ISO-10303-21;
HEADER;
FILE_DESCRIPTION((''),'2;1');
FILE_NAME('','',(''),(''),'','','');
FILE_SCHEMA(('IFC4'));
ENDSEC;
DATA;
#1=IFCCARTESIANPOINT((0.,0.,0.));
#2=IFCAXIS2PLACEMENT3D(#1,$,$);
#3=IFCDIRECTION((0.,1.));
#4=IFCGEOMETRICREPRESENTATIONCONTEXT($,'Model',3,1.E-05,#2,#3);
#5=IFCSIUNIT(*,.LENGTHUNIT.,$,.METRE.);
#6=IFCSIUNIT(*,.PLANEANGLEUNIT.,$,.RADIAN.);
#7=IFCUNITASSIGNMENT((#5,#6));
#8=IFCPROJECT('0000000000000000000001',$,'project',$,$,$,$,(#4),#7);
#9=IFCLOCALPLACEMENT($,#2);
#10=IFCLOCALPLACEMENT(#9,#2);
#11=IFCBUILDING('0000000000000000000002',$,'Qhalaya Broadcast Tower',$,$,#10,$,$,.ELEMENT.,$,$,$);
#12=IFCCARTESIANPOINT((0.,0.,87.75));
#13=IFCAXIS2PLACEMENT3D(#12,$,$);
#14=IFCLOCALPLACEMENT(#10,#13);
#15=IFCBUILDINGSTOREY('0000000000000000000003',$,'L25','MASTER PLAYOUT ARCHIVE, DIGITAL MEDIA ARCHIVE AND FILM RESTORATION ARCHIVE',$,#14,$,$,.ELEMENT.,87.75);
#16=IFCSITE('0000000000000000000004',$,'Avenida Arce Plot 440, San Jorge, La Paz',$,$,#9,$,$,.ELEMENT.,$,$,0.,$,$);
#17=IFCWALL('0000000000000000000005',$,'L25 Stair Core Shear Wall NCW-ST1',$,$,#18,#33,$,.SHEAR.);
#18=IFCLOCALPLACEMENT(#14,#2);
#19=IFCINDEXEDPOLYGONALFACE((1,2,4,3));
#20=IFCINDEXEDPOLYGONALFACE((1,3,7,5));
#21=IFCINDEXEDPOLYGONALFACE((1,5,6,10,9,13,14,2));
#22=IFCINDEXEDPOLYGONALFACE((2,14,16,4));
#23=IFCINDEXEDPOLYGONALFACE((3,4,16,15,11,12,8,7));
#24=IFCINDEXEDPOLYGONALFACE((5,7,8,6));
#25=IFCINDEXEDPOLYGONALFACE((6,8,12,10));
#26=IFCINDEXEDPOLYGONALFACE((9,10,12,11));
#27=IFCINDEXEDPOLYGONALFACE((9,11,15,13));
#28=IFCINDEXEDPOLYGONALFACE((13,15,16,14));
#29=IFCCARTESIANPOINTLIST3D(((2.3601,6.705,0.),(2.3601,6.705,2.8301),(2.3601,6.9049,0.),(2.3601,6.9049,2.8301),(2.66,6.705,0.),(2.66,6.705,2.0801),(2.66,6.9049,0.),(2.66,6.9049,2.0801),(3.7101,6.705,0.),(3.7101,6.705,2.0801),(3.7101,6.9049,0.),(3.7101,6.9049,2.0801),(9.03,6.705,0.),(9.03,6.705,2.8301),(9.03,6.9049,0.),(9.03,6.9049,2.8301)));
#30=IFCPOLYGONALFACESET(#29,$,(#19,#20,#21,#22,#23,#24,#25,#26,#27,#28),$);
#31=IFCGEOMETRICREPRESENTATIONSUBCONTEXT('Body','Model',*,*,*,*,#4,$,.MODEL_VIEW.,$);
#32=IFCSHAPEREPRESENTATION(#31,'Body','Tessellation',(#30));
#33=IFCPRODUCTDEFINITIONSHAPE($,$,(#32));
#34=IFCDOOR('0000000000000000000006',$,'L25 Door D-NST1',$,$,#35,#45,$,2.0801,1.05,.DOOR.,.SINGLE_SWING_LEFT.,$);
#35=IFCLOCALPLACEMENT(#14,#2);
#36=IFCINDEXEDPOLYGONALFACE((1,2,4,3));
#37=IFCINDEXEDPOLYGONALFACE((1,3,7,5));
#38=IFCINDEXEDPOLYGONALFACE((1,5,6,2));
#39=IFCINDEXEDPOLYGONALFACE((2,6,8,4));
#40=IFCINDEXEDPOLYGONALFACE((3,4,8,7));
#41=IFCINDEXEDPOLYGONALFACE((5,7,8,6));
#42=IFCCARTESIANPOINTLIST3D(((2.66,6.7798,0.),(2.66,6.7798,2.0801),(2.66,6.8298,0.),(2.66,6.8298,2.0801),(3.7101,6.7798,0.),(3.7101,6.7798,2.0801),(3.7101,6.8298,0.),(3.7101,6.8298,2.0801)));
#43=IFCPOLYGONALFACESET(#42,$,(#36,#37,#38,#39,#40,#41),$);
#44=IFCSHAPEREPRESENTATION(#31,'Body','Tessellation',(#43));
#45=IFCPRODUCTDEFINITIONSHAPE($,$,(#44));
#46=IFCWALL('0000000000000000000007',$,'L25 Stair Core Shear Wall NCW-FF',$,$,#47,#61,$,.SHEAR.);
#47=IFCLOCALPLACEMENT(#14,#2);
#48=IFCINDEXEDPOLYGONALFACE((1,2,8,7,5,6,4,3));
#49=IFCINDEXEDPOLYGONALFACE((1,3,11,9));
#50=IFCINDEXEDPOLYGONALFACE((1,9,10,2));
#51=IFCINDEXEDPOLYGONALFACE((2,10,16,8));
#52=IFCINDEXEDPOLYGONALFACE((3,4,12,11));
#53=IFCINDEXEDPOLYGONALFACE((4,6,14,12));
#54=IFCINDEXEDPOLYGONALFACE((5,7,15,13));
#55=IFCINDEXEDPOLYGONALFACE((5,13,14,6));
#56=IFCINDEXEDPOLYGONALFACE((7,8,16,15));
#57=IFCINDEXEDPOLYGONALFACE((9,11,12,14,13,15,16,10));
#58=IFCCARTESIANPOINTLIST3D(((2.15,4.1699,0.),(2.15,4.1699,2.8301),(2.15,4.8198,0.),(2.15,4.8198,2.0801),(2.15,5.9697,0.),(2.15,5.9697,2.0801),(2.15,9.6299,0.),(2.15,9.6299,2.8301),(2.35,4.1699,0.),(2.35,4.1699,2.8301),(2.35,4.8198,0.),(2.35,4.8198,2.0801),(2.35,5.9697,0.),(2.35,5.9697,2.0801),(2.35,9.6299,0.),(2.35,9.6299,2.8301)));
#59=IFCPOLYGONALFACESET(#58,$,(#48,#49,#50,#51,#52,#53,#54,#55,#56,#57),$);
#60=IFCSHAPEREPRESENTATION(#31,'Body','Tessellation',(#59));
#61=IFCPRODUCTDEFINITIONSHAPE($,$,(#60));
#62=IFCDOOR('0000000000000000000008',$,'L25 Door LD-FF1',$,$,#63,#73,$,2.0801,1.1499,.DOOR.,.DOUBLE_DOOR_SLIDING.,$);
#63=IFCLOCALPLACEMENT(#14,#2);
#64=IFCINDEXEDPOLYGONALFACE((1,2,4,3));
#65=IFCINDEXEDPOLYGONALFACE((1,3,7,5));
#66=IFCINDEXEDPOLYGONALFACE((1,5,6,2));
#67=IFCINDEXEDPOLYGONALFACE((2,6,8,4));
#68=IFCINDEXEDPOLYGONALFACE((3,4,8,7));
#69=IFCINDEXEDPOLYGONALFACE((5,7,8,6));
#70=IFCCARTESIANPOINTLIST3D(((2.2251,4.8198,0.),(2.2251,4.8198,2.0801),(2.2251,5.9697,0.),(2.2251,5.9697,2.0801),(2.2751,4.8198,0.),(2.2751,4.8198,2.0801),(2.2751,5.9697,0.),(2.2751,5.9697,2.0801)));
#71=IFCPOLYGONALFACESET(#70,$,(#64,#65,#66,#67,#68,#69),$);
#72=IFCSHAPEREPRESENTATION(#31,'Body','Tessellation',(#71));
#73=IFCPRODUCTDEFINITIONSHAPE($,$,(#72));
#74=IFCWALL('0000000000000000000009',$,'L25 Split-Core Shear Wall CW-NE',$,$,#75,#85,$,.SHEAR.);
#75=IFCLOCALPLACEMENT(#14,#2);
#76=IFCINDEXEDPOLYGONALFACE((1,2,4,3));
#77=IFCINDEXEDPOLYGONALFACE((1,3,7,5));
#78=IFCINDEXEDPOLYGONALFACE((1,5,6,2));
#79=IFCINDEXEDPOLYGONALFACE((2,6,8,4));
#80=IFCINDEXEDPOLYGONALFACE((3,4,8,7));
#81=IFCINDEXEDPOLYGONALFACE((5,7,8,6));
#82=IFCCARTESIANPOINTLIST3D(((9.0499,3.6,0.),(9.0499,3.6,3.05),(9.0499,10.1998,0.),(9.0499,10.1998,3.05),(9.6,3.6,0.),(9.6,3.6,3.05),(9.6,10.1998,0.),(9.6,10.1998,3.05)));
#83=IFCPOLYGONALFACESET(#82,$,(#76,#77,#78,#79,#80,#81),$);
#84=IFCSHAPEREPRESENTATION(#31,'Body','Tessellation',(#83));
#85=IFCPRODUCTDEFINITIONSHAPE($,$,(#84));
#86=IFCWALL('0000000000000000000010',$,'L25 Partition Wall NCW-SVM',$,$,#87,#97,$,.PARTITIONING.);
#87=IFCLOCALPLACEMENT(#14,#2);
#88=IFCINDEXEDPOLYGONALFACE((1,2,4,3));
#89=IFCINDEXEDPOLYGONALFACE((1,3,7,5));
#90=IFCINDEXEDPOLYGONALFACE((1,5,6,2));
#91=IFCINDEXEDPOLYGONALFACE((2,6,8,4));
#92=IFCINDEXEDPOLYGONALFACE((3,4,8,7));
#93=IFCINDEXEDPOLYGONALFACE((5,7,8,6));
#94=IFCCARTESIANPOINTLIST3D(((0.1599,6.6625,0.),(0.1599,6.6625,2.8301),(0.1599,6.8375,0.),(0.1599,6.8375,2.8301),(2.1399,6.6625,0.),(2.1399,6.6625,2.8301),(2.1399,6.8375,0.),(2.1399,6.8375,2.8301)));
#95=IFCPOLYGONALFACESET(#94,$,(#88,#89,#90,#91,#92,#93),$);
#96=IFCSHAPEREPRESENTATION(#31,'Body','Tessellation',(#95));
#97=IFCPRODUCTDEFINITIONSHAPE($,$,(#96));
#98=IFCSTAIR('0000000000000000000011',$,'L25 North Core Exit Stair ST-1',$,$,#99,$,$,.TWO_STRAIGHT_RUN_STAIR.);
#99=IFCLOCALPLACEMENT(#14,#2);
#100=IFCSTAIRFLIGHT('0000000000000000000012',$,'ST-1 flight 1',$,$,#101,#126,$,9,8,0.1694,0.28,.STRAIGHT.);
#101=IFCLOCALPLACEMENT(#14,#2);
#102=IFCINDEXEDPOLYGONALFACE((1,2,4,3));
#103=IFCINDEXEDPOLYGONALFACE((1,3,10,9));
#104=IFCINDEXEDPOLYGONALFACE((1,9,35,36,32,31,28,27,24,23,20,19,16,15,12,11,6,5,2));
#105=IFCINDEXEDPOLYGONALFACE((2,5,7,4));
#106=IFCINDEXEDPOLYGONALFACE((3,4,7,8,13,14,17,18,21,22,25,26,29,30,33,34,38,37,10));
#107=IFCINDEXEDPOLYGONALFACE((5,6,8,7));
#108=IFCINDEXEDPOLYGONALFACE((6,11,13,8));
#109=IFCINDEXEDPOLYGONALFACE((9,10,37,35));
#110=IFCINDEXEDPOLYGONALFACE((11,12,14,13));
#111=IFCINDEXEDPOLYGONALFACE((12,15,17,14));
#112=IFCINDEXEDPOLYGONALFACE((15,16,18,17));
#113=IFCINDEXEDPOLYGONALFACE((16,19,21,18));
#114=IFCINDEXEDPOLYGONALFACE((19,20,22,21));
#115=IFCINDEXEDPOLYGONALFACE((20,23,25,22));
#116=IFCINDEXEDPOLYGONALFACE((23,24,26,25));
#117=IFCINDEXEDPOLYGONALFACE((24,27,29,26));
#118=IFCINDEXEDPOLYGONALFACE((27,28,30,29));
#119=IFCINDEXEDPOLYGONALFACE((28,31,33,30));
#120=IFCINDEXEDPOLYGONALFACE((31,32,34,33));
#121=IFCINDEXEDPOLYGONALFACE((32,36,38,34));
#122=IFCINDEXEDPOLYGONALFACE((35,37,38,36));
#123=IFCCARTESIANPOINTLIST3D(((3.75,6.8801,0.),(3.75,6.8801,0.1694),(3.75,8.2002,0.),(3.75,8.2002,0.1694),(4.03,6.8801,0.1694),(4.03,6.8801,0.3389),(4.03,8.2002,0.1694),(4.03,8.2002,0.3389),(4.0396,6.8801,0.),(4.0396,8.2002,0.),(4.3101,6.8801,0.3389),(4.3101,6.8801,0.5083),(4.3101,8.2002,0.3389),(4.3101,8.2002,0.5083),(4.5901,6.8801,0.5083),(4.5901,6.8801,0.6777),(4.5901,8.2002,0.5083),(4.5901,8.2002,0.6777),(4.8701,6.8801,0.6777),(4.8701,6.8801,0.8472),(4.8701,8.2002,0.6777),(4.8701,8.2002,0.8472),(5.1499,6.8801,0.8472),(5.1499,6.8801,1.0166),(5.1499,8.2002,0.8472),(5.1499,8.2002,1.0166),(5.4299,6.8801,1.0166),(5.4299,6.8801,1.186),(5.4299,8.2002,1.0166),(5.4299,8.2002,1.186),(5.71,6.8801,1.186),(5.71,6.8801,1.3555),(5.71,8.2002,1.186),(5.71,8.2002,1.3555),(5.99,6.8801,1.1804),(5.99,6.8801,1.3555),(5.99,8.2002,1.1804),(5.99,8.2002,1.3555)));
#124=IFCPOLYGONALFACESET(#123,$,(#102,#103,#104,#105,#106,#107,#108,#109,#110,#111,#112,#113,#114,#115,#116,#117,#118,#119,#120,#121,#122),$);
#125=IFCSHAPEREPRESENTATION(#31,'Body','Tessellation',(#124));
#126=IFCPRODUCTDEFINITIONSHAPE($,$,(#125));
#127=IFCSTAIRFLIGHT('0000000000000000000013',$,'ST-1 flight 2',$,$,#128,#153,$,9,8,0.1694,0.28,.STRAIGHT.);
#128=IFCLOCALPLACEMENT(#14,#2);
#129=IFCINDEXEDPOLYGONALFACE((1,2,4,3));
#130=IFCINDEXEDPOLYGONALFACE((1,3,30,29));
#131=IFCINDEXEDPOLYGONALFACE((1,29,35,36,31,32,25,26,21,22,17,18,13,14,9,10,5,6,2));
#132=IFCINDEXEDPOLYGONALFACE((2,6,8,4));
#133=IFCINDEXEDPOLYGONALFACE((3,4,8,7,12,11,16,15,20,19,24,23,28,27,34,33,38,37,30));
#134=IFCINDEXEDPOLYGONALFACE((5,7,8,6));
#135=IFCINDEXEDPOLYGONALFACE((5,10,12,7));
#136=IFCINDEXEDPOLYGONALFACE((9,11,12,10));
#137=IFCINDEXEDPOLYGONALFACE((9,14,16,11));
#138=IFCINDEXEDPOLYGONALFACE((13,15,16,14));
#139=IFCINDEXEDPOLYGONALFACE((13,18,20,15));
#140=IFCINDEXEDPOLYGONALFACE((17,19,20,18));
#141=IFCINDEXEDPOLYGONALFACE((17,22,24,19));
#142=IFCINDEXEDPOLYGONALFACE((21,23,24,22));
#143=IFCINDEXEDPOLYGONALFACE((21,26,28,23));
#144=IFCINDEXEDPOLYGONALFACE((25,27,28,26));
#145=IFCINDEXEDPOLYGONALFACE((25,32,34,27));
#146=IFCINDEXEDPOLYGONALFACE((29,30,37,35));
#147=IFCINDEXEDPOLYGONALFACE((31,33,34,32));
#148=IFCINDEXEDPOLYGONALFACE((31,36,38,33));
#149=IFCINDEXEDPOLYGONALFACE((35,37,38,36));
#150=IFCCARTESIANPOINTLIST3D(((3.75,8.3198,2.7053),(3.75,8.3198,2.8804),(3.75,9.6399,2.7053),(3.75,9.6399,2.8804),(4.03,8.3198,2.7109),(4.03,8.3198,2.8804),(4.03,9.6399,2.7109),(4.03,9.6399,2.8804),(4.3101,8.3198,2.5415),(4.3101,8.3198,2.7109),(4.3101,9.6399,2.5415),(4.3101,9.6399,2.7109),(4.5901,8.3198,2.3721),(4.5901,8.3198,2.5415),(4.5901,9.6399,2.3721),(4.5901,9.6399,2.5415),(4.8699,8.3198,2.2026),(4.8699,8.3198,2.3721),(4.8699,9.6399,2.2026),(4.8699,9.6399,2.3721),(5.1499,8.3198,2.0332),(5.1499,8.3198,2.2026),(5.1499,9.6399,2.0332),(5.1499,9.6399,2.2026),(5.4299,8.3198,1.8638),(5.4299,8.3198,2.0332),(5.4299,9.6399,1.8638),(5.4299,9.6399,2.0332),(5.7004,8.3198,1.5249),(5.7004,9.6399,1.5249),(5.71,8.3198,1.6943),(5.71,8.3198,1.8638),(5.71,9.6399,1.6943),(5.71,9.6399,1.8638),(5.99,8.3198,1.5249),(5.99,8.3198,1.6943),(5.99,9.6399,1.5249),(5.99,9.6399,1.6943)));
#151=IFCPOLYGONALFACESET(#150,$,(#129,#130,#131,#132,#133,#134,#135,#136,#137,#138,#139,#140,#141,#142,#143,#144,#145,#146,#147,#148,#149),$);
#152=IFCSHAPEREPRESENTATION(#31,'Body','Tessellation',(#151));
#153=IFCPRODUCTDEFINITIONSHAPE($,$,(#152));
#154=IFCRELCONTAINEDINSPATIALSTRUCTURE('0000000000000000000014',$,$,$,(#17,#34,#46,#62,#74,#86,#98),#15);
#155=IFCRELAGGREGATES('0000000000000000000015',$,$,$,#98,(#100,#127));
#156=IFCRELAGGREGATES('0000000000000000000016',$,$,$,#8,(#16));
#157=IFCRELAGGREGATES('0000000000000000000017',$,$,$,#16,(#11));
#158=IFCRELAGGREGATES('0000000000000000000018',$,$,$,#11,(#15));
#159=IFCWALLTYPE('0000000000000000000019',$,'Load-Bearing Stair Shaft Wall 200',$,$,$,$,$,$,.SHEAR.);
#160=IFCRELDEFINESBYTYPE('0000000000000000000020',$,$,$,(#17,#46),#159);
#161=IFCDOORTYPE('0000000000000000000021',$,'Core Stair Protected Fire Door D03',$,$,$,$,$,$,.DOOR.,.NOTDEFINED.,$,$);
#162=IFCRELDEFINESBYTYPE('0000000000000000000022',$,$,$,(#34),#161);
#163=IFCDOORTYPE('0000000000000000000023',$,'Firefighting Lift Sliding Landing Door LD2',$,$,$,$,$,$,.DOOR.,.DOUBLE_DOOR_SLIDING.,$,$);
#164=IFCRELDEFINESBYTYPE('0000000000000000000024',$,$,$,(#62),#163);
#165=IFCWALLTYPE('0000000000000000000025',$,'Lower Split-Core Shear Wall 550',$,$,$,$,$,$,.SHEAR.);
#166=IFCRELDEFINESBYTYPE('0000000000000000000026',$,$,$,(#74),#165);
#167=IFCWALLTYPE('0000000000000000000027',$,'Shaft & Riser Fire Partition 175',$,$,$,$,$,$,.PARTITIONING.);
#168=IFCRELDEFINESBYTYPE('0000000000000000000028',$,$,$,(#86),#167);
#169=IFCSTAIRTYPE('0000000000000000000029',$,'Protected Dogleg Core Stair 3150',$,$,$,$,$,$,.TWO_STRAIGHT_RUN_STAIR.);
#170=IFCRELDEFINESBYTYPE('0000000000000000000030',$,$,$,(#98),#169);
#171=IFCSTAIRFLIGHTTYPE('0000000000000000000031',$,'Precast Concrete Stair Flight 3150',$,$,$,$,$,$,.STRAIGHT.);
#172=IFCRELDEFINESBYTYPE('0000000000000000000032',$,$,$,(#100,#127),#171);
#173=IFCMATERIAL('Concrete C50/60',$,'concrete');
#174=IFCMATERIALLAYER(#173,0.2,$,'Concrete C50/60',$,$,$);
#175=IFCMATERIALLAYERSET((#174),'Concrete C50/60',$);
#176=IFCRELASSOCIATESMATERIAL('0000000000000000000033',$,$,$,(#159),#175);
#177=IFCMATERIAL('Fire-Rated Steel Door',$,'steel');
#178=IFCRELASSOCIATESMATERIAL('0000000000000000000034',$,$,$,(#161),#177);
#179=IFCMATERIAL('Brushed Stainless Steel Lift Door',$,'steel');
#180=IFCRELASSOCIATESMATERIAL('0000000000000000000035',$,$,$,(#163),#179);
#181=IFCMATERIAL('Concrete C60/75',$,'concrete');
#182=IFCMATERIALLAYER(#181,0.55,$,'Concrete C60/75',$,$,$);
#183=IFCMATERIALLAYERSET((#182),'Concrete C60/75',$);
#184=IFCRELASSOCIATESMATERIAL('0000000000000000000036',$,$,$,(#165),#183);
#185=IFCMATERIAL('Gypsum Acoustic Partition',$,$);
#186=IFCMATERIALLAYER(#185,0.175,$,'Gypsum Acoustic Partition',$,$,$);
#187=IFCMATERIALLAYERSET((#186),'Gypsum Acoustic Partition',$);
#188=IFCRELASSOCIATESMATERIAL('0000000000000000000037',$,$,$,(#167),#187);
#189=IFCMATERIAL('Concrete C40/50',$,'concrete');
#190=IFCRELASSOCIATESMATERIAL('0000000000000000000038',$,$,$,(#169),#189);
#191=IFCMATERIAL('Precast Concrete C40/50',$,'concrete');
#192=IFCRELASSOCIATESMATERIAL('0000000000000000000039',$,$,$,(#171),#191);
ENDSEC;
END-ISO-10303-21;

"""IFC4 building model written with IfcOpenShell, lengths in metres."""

from ifc_helpers import new_model, si_unit, direction, frame, frame_2d, origin, place, context, subcontext, project, spatial, polyline, rectangle, outline, extrude, material, layer, layer_set, type_object, element, fill, aggregate, save


model = new_model("IFC4")

# Units and contexts
model_context = context("Model", 3, precision=1e-05, world=origin(), true_north=direction((0.0, 1.0)))
body_context = subcontext(model_context, "Body", "Model", "MODEL_VIEW")
ifc_project = project(units=[si_unit("LENGTHUNIT", "METRE"), si_unit("PLANEANGLEUNIT", "RADIAN")], contexts=[model_context])

# Site, building, storey
site_placement = place(None, origin())
site = spatial("IfcSite", under=ifc_project, at=site_placement, Name="Avenida Arce Plot 440, San Jorge, La Paz", CompositionType="ELEMENT", RefElevation=0.0)
building_placement = place(site_placement, origin())
building = spatial("IfcBuilding", under=site, at=building_placement, Name="Qhalaya Broadcast Tower", CompositionType="ELEMENT")
storey_placement = place(building_placement, frame((0.0, 0.0, 87.75)))
storey = spatial("IfcBuildingStorey", under=building, at=storey_placement, Name="L25", Description="MASTER PLAYOUT ARCHIVE, DIGITAL MEDIA ARCHIVE AND FILM RESTORATION ARCHIVE", CompositionType="ELEMENT", Elevation=87.75)

# Shared definitions
ifc_material_1 = material(Name="Concrete C50/60", Category="concrete")

# Walls, openings, doors
ifc_layer_1 = layer(ifc_material_1, 0.2, Name="Concrete C50/60")
ifc_layer_set_1 = layer_set([ifc_layer_1], Name="Concrete C50/60")
wall_type_1 = type_object("IfcWallType", Name="Load-Bearing Stair Shaft Wall 200", PredefinedType="SHEAR", material=ifc_layer_set_1)
wall_1_placement = place(storey_placement, frame((2.3601, 6.8049, 0.0), z_axis=(0.0, 0.0, 1.0), x_axis=(1.0, 0.0, 0.0)))
wall_1 = element("IfcWall", 1, at=wall_1_placement, inside=storey, type_object=wall_type_1, Name="L25 Stair Core Shear Wall NCW-ST1", PredefinedType="SHEAR", context=body_context, shape_type="SweptSolid", body=[
    extrude(rectangle(XDim=6.6699, YDim=0.2, at=frame_2d((3.335, 0.0))), origin(), (0.0, 0.0, 1.0), 2.8301),
])
opening_1_placement = place(wall_1_placement, frame((0.3, 0.0, 0.0)))
opening_1 = element("IfcOpeningElement", 2, at=opening_1_placement, cuts=wall_1, PredefinedType="OPENING", context=body_context, shape_type="SweptSolid", body=[
    extrude(rectangle(XDim=1.05, YDim=2.0801, at=frame_2d((0.5249, 1.04))), frame((0.0, 0.1121, 0.0), z_axis=(0.0, -1.0, 0.0), x_axis=(1.0, 0.0, 0.0)), (0.0, 0.0, 1.0), 0.2239),
])
ifc_material_2 = material(Name="Fire-Rated Steel Door", Category="steel")
door_type_1 = type_object("IfcDoorType", Name="Core Stair Protected Fire Door D03", OperationType="NOTDEFINED", PredefinedType="DOOR", material=ifc_material_2)
door_1_placement = place(opening_1_placement, origin())
door_1 = element("IfcDoor", 3, at=door_1_placement, inside=storey, type_object=door_type_1, Name="L25 Door D-NST1", OperationType="SINGLE_SWING_LEFT", OverallHeight=2.0801, OverallWidth=1.05, PredefinedType="DOOR", context=body_context, shape_type="SweptSolid", body=[
    extrude(rectangle(XDim=1.05, YDim=2.0801, at=frame_2d((0.5249, 1.04))), frame((0.0, 0.0249, 0.0), z_axis=(0.0, -1.0, 0.0), x_axis=(1.0, 0.0, 0.0)), (0.0, 0.0, 1.0), 0.05),
])
fill(opening_1, door_1)
wall_2_placement = place(storey_placement, frame((2.25, 4.1699, 0.0), z_axis=(0.0, 0.0, 1.0), x_axis=(0.0, 1.0, 0.0)))
wall_2 = element("IfcWall", 4, at=wall_2_placement, inside=storey, type_object=wall_type_1, Name="L25 Stair Core Shear Wall NCW-FF", PredefinedType="SHEAR", context=body_context, shape_type="SweptSolid", body=[
    extrude(rectangle(XDim=5.46, YDim=0.2, at=frame_2d((2.73, 0.0))), origin(), (0.0, 0.0, 1.0), 2.8301),
])
opening_2_placement = place(wall_2_placement, frame((0.6499, 0.0, 0.0)))
opening_2 = element("IfcOpeningElement", 5, at=opening_2_placement, cuts=wall_2, PredefinedType="OPENING", context=body_context, shape_type="SweptSolid", body=[
    extrude(rectangle(XDim=1.1499, YDim=2.0801, at=frame_2d((0.575, 1.04))), frame((0.0, 0.1121, 0.0), z_axis=(0.0, -1.0, 0.0), x_axis=(1.0, 0.0, 0.0)), (0.0, 0.0, 1.0), 0.2239),
])
ifc_material_3 = material(Name="Brushed Stainless Steel Lift Door", Category="steel")
door_type_2 = type_object("IfcDoorType", Name="Firefighting Lift Sliding Landing Door LD2", OperationType="DOUBLE_DOOR_SLIDING", PredefinedType="DOOR", material=ifc_material_3)
door_2_placement = place(opening_2_placement, origin())
door_2 = element("IfcDoor", 6, at=door_2_placement, inside=storey, type_object=door_type_2, Name="L25 Door LD-FF1", OperationType="DOUBLE_DOOR_SLIDING", OverallHeight=2.0801, OverallWidth=1.1499, PredefinedType="DOOR", context=body_context, shape_type="SweptSolid", body=[
    extrude(rectangle(XDim=1.1499, YDim=2.0801, at=frame_2d((0.575, 1.04))), frame((0.0, 0.0249, 0.0), z_axis=(0.0, -1.0, 0.0), x_axis=(1.0, 0.0, 0.0)), (0.0, 0.0, 1.0), 0.05),
])
fill(opening_2, door_2)

# Wall
ifc_material_4 = material(Name="Concrete C60/75", Category="concrete")
ifc_layer_2 = layer(ifc_material_4, 0.55, Name="Concrete C60/75")
ifc_layer_set_2 = layer_set([ifc_layer_2], Name="Concrete C60/75")
wall_type_2 = type_object("IfcWallType", Name="Lower Split-Core Shear Wall 550", PredefinedType="SHEAR", material=ifc_layer_set_2)
wall_3_placement = place(storey_placement, frame((9.325, 3.6001, 0.0), z_axis=(0.0, 0.0, 1.0), x_axis=(0.0, 1.0, 0.0)))
element("IfcWall", 7, at=wall_3_placement, inside=storey, type_object=wall_type_2, Name="L25 Split-Core Shear Wall CW-NE", PredefinedType="SHEAR", context=body_context, shape_type="SweptSolid", body=[
    extrude(rectangle(XDim=6.5999, YDim=0.55, at=frame_2d((3.2998, 0.0))), origin(), (0.0, 0.0, 1.0), 3.05),
])

# Shared definitions
ifc_material_5 = material(Name="Gypsum Acoustic Partition")
ifc_layer_3 = layer(ifc_material_5, 0.175, Name="Gypsum Acoustic Partition")
ifc_layer_set_3 = layer_set([ifc_layer_3], Name="Gypsum Acoustic Partition")
wall_type_3 = type_object("IfcWallType", Name="Shaft & Riser Fire Partition 175", PredefinedType="PARTITIONING", material=ifc_layer_set_3)

# Wall
wall_4_placement = place(storey_placement, frame((0.1599, 6.75, 0.0), z_axis=(0.0, 0.0, 1.0), x_axis=(1.0, 0.0, 0.0)))
element("IfcWall", 8, at=wall_4_placement, inside=storey, type_object=wall_type_3, Name="L25 Partition Wall NCW-SVM", PredefinedType="PARTITIONING", context=body_context, shape_type="SweptSolid", body=[
    extrude(rectangle(XDim=1.98, YDim=0.175, at=frame_2d((0.99, 0.0))), origin(), (0.0, 0.0, 1.0), 2.8301),
])

# Stair, stair flights
ifc_material_6 = material(Name="Concrete C40/50", Category="concrete")
stair_type = type_object("IfcStairType", Name="Protected Dogleg Core Stair 3150", PredefinedType="TWO_STRAIGHT_RUN_STAIR", material=ifc_material_6)
stair_placement = place(storey_placement, origin())
stair = element("IfcStair", 9, at=stair_placement, inside=storey, type_object=stair_type, Name="L25 North Core Exit Stair ST-1", PredefinedType="TWO_STRAIGHT_RUN_STAIR")
ifc_material_7 = material(Name="Precast Concrete C40/50", Category="concrete")
stair_flight_type = type_object("IfcStairFlightType", Name="Precast Concrete Stair Flight 3150", PredefinedType="STRAIGHT", material=ifc_material_7)
stair_flight_1_placement = place(storey_placement, frame((3.75, 7.54, 0.0), z_axis=(0.0, 0.0, 1.0), x_axis=(1.0, 0.0, 0.0)))
stair_flight_1 = element("IfcStairFlight", 10, at=stair_flight_1_placement, type_object=stair_flight_type, Name="ST-1 flight 1", NumberOfRisers=9, NumberOfTreads=8, PredefinedType="STRAIGHT", RiserHeight=0.1694, TreadLength=0.28, context=body_context, shape_type="SweptSolid", body=[
    extrude(outline(polyline([(0.0, 0.0), (0.0, 0.1694), (0.28, 0.1694), (0.28, 0.3389), (0.5601, 0.3389), (0.5601, 0.5083), (0.8401, 0.5083), (0.8401, 0.6777), (1.1201, 0.6777), (1.1201, 0.8472), (1.3999, 0.8472), (1.3999, 1.0166), (1.6799, 1.0166), (1.6799, 1.186), (1.96, 1.186), (1.96, 1.3555), (2.24, 1.3555), (2.24, 1.5249), (2.24, 1.1804), (0.2896, 0.0), (0.0, 0.0)])), frame((0.0, 0.6602, 0.0), z_axis=(0.0, -1.0, 0.0), x_axis=(1.0, 0.0, 0.0)), (0.0, 0.0, 1.0), 1.3201),
])
stair_flight_2_placement = place(storey_placement, frame((5.99, 8.98, 1.5249), z_axis=(0.0, 0.0, 1.0), x_axis=(-1.0, 0.0, 0.0)))
stair_flight_2 = element("IfcStairFlight", 11, at=stair_flight_2_placement, type_object=stair_flight_type, Name="ST-1 flight 2", NumberOfRisers=9, NumberOfTreads=8, PredefinedType="STRAIGHT", RiserHeight=0.1694, TreadLength=0.28, context=body_context, shape_type="SweptSolid", body=[
    extrude(outline(polyline([(0.0, 0.0), (0.0, 0.1694), (0.28, 0.1694), (0.28, 0.3389), (0.5601, 0.3389), (0.5601, 0.5083), (0.8401, 0.5083), (0.8401, 0.6777), (1.1201, 0.6777), (1.1201, 0.8472), (1.3999, 0.8472), (1.3999, 1.0166), (1.6799, 1.0166), (1.6799, 1.186), (1.96, 1.186), (1.96, 1.3555), (2.24, 1.3555), (2.24, 1.5249), (2.24, 1.1804), (0.2896, 0.0), (0.0, 0.0)])), frame((0.0, 0.6602, 0.0), z_axis=(0.0, -1.0, 0.0), x_axis=(1.0, 0.0, 0.0)), (0.0, 0.0, 1.0), 1.3201),
])
aggregate(stair, [stair_flight_1, stair_flight_2])

save(model, "model.ifc")
